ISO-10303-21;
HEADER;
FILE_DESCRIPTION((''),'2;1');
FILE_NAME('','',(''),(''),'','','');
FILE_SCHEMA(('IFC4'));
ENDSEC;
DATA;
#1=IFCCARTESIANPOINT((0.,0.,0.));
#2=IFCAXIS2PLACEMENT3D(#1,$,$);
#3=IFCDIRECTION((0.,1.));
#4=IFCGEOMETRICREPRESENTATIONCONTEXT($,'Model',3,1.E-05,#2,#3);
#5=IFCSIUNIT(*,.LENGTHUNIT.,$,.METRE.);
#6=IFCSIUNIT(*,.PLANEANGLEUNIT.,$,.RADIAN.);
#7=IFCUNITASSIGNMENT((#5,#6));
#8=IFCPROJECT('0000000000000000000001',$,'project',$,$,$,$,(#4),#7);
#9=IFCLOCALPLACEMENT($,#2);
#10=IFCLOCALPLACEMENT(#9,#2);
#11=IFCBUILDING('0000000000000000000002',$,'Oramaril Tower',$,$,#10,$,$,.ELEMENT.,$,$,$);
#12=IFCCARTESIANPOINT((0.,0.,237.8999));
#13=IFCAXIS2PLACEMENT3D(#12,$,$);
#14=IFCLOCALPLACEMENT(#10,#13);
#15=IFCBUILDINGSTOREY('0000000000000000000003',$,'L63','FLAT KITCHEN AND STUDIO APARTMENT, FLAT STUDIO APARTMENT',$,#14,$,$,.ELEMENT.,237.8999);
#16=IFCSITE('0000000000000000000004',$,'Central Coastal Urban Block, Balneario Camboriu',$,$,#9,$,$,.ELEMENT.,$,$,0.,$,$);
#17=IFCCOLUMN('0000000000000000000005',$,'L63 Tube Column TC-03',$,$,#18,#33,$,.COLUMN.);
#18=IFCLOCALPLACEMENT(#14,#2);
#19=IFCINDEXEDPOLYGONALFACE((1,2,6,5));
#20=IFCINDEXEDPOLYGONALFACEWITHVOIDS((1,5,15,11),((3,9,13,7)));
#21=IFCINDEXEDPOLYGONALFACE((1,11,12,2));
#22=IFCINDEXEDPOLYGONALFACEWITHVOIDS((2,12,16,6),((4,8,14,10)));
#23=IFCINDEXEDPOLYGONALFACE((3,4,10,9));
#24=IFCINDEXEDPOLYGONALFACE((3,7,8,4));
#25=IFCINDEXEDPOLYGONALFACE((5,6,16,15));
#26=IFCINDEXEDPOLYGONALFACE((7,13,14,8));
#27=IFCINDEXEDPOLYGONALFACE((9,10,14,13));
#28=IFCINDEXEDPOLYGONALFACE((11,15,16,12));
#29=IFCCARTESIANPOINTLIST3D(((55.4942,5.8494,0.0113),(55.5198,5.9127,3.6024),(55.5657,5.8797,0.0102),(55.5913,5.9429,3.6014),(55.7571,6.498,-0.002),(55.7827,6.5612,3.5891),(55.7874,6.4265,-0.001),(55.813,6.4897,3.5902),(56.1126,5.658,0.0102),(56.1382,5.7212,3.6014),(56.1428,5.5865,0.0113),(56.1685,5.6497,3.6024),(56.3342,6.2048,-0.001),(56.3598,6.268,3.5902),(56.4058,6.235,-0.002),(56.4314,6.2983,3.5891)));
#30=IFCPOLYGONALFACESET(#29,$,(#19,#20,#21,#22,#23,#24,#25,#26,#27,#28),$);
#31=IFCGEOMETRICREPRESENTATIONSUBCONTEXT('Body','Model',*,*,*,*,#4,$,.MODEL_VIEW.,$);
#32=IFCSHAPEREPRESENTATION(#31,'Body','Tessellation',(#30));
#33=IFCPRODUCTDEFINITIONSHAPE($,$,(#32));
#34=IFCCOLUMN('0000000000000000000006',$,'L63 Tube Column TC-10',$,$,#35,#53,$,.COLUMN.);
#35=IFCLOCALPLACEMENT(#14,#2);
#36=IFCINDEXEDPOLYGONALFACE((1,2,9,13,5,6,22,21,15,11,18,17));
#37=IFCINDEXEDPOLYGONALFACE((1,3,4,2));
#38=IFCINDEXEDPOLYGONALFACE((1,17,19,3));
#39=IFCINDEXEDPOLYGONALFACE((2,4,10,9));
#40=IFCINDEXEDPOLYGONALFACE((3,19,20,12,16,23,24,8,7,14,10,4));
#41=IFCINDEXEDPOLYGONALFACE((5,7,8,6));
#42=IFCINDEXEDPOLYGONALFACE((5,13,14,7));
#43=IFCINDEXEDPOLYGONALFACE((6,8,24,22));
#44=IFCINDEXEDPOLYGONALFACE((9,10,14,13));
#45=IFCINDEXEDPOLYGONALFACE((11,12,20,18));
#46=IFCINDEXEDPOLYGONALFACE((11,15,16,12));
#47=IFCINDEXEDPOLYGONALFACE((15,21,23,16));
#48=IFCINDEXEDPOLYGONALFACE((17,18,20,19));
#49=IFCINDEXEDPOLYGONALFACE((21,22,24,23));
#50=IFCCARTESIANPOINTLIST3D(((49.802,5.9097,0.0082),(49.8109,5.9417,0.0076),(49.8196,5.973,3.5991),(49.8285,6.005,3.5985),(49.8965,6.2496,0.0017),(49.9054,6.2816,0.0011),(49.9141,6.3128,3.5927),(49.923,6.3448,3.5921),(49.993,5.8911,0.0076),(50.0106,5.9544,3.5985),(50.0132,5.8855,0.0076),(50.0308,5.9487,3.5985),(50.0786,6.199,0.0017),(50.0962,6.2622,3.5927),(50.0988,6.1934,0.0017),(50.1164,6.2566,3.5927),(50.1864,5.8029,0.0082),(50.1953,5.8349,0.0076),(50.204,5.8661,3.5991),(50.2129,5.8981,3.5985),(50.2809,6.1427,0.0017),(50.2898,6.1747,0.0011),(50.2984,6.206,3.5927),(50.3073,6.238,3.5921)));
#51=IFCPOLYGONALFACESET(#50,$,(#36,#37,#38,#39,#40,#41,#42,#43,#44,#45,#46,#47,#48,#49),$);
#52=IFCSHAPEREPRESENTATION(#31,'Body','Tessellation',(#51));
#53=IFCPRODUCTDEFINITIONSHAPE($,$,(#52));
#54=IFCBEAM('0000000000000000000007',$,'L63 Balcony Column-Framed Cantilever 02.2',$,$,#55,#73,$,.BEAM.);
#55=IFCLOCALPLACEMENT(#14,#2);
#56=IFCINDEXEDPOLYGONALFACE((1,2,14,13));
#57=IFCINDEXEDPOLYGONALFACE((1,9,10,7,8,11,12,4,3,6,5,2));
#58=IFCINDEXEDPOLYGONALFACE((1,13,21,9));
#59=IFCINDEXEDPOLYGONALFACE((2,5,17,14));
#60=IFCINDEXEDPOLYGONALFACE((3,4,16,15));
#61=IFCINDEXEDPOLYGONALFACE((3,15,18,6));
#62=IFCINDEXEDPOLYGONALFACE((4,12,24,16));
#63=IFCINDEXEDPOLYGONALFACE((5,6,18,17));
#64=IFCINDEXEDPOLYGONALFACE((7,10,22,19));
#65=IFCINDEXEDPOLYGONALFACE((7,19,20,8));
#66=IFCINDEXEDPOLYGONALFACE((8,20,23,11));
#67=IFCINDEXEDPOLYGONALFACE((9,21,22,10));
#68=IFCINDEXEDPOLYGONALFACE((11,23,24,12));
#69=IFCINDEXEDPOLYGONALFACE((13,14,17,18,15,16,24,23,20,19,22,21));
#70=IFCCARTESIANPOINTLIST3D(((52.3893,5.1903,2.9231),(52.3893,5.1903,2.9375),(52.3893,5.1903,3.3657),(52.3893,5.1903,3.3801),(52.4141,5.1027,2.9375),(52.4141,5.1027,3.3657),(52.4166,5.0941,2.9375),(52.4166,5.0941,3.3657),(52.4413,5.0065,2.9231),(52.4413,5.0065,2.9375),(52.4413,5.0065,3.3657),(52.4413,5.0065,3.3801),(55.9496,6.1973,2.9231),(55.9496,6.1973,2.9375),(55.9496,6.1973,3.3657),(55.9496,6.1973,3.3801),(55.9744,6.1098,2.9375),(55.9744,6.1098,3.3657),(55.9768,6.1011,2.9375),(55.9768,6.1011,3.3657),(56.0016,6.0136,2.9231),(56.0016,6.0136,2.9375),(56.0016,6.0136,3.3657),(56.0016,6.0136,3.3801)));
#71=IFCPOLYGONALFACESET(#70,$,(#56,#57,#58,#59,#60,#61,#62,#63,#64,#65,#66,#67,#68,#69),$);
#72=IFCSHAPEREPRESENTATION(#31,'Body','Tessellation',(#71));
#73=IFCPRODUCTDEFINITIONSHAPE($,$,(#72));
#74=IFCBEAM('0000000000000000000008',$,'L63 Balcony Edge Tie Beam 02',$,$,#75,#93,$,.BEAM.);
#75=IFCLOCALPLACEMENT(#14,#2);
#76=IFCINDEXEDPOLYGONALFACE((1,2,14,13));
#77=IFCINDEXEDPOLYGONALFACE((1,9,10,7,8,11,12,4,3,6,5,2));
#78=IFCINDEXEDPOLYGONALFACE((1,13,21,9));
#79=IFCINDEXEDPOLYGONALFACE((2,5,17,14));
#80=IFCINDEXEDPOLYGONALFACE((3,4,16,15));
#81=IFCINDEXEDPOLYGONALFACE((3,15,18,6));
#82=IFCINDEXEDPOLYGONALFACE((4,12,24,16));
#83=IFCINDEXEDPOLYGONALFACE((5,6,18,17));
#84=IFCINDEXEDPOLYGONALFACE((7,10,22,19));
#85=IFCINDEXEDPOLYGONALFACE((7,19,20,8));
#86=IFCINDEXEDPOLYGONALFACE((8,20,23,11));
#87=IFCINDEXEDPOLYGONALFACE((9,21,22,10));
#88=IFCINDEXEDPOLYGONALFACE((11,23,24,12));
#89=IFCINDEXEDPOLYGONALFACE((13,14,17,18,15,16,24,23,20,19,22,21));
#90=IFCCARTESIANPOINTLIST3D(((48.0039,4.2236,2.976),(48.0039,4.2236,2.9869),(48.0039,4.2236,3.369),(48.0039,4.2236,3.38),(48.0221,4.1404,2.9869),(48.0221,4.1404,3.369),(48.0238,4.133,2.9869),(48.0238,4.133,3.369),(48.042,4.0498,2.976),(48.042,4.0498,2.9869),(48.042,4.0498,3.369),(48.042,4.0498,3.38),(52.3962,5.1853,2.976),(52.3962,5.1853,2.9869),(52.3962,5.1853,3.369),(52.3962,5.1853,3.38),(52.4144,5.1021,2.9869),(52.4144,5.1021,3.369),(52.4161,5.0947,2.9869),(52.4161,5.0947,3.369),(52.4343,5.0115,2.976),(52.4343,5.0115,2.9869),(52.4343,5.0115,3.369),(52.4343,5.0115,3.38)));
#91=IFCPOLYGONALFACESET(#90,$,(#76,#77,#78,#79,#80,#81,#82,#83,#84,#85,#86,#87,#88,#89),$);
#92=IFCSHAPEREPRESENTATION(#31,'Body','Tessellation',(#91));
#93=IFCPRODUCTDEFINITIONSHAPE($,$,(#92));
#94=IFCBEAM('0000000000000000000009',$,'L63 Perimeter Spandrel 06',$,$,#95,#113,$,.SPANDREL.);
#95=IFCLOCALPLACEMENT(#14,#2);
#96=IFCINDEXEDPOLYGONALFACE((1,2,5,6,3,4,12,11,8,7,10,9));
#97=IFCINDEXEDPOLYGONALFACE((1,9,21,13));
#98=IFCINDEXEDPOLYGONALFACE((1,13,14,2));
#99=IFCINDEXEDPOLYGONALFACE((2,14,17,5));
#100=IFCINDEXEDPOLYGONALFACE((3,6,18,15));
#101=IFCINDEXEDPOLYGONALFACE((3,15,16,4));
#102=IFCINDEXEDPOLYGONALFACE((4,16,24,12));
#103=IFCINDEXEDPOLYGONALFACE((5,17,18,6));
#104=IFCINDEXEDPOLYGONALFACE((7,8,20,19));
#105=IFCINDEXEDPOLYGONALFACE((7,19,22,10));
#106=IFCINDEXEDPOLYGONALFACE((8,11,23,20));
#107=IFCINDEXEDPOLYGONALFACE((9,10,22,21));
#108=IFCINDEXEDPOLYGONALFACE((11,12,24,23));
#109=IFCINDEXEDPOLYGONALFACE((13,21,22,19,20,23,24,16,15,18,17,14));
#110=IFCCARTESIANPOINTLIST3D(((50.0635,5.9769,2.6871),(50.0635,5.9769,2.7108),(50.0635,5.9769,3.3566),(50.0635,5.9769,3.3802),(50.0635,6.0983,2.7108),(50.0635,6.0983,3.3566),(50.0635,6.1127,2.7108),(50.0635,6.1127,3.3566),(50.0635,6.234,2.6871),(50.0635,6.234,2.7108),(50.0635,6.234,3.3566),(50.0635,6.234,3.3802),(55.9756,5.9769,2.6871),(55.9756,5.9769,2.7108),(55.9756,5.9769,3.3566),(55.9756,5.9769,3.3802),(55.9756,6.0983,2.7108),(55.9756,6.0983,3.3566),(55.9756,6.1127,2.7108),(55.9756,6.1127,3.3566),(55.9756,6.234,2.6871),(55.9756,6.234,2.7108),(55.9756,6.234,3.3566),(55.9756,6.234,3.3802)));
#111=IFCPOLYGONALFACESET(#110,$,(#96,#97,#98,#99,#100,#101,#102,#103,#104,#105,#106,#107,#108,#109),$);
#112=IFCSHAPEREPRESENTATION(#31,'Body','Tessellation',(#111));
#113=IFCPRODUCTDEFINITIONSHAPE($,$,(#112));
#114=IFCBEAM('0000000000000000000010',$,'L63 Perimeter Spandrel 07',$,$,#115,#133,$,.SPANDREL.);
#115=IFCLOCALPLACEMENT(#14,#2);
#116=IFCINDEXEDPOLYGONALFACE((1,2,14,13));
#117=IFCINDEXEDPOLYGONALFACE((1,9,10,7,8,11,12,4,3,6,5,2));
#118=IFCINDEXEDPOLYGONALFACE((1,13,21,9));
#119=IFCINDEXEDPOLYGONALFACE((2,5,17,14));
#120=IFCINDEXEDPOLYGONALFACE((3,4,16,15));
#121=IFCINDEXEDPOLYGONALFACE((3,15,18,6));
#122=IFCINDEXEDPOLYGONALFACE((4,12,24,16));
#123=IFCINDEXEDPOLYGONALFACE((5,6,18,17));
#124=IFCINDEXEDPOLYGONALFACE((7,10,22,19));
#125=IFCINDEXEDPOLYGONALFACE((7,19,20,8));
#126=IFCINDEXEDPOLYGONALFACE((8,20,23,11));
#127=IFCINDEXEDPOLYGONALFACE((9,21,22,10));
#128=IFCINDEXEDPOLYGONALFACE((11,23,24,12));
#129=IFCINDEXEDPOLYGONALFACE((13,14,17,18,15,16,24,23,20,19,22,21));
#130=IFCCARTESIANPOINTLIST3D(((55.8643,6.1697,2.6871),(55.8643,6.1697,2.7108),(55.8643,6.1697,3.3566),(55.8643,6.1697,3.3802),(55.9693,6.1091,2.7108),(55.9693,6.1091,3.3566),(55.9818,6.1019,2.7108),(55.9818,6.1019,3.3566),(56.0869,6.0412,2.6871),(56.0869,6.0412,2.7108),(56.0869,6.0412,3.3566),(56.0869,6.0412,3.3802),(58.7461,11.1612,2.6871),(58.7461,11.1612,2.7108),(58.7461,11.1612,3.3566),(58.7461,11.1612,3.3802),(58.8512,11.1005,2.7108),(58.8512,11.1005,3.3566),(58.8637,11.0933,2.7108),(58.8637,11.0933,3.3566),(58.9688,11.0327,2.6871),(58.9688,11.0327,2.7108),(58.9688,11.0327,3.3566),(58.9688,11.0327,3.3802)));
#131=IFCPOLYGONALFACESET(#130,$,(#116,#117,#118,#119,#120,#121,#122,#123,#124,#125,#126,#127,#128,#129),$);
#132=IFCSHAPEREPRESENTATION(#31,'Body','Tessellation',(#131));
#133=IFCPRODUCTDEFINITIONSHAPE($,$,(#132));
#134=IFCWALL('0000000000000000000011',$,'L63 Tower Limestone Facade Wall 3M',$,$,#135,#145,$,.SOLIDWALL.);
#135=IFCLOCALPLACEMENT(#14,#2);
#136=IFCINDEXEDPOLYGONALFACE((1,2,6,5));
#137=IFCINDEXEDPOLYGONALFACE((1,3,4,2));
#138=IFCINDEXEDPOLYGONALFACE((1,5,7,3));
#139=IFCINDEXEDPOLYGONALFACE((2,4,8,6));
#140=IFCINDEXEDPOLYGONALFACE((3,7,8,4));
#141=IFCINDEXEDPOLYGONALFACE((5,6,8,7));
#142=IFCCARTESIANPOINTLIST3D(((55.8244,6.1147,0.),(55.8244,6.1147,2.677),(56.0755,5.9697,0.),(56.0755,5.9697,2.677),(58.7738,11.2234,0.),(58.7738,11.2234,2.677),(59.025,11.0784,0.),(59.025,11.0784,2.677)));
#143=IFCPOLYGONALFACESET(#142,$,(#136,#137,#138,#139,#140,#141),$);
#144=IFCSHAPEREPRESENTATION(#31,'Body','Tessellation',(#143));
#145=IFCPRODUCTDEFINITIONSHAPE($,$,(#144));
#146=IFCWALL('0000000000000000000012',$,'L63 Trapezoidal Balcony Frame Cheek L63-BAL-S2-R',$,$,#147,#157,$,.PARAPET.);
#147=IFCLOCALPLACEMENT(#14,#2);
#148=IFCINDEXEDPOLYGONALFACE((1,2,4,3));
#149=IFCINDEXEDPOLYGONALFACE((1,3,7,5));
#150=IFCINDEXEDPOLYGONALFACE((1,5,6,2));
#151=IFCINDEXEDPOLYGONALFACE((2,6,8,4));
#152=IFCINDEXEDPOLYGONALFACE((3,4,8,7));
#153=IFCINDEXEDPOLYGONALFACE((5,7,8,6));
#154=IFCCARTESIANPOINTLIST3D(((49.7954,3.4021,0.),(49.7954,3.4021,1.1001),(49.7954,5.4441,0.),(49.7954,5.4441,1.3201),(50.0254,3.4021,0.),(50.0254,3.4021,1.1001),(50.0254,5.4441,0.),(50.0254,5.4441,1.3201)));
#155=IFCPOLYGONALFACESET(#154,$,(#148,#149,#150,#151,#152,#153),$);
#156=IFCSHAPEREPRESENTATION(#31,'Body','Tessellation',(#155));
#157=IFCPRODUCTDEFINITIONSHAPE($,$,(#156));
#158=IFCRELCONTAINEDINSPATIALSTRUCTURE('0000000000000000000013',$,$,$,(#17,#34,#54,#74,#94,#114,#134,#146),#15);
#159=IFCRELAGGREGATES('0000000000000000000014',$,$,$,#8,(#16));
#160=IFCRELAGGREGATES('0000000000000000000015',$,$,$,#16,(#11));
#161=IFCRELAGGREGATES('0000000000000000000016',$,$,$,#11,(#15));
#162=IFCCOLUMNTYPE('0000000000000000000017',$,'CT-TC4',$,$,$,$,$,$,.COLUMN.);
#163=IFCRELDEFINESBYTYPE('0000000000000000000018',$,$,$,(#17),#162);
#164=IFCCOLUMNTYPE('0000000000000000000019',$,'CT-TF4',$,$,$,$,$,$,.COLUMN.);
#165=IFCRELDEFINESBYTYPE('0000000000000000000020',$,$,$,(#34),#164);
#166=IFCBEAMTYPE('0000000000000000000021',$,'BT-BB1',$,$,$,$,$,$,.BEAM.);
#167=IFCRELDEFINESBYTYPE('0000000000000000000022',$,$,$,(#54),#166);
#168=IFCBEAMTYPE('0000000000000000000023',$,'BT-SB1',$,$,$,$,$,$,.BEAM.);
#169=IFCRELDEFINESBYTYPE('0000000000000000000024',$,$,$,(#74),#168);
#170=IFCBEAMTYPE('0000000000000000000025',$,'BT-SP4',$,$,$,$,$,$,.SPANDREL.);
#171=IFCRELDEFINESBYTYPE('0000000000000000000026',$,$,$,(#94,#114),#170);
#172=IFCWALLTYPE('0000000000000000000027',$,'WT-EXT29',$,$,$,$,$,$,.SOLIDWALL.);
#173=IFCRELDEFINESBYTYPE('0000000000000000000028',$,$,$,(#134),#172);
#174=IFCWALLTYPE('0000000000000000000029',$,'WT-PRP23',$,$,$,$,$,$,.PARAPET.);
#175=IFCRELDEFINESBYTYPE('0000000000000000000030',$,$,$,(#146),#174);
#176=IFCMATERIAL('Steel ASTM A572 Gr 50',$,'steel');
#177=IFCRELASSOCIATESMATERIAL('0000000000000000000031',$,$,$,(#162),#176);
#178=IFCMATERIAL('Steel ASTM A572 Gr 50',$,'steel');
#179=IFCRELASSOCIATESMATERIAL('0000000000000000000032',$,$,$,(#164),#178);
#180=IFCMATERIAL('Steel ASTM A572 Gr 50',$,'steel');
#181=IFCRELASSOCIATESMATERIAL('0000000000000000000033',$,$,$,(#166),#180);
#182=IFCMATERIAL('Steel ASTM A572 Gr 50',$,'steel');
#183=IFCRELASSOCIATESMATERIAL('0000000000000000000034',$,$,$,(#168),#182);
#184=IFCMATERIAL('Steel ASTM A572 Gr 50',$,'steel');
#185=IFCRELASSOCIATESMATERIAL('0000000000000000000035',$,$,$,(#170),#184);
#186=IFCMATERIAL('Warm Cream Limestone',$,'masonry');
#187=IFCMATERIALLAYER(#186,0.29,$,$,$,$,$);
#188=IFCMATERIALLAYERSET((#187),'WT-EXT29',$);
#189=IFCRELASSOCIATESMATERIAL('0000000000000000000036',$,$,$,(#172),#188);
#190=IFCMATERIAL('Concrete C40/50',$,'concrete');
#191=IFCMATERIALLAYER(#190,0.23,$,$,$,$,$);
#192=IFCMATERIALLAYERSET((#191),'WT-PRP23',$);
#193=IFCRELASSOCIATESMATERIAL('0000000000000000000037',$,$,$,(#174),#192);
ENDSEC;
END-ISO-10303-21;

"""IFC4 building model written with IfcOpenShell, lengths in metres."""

from ifc_helpers import new_model, si_unit, direction, frame, frame_2d, origin, origin_2d, place, context, subcontext, project, spatial, polyline, rectangle, hollow_rectangle, i_section, outline, extrude, material, layer, layer_set, material_profile, profile_set, type_object, element, save


model = new_model("IFC4")

# Units and contexts
model_context = context("Model", 3, precision=1e-05, world=origin(), true_north=direction((0.0, 1.0)))
body_context = subcontext(model_context, "Body", "Model", "MODEL_VIEW")
ifc_project = project(units=[si_unit("LENGTHUNIT", "METRE"), si_unit("PLANEANGLEUNIT", "RADIAN")], contexts=[model_context])

# Site, building, storey
site_placement = place(None, origin())
site = spatial("IfcSite", under=ifc_project, at=site_placement, Name="Central Coastal Urban Block, Balneario Camboriu", CompositionType="ELEMENT", RefElevation=0.0)
building_placement = place(site_placement, origin())
building = spatial("IfcBuilding", under=site, at=building_placement, Name="Oramaril Tower", CompositionType="ELEMENT")
storey_placement = place(building_placement, frame((0.0, 0.0, 237.8999)))
storey = spatial("IfcBuildingStorey", under=building, at=storey_placement, Name="L63", Description="FLAT KITCHEN AND STUDIO APARTMENT, FLAT STUDIO APARTMENT", CompositionType="ELEMENT", Elevation=237.8999)

# Columns
ifc_material_1 = material(Name="Steel ASTM A572 Gr 50", Category="steel")
ifc_material_profile_1 = material_profile(ifc_material_1, hollow_rectangle(XDim=0.7, YDim=0.7, WallThickness=0.0549, at=origin_2d()), Name="BOX700X700X55")
ifc_profile_set_1 = profile_set([ifc_material_profile_1], Name="Steel ASTM A572 Gr 50")
column_type_1 = type_object("IfcColumnType", Name="CT-TC4", PredefinedType="COLUMN", material=ifc_profile_set_1)
column_1_placement = place(storey_placement, frame((55.95, 6.0422, 0.0046), z_axis=(0.007137, 0.017605, 0.99982), x_axis=(-0.926739, 0.375705, 0.0)))
element("IfcColumn", 1, at=column_1_placement, inside=storey, type_object=column_type_1, Name="L63 Tube Column TC-03", PredefinedType="COLUMN", context=body_context, shape_type="SweptSolid", body=[
    extrude(hollow_rectangle(XDim=0.7, YDim=0.7, WallThickness=0.0549, at=origin_2d()), origin(), (0.0, 0.0, 1.0), 3.5918),
])
ifc_material_2 = material(Name="Steel ASTM A572 Gr 50", Category="steel")
ifc_material_profile_2 = material_profile(ifc_material_2, i_section(OverallWidth=0.3989, OverallDepth=0.386, WebThickness=0.021, FlangeThickness=0.0332, at=origin_2d()), Name="W14X176")
ifc_profile_set_2 = profile_set([ifc_material_profile_2], Name="Steel ASTM A572 Gr 50")
column_type_2 = type_object("IfcColumnType", Name="CT-TF4", PredefinedType="COLUMN", material=ifc_profile_set_2)
column_2_placement = place(storey_placement, frame((50.0459, 6.0422, 0.0046), z_axis=(0.004894, 0.017605, 0.999833), x_axis=(-0.963465, 0.267836, 0.0)))
element("IfcColumn", 2, at=column_2_placement, inside=storey, type_object=column_type_2, Name="L63 Tube Column TC-10", PredefinedType="COLUMN", context=body_context, shape_type="SweptSolid", body=[
    extrude(i_section(OverallWidth=0.3989, OverallDepth=0.386, WebThickness=0.021, FlangeThickness=0.0332, at=origin_2d()), origin(), (0.0, 0.0, 1.0), 3.5916),
])

# Beams
ifc_material_3 = material(Name="Steel ASTM A572 Gr 50", Category="steel")
ifc_material_profile_3 = material_profile(ifc_material_3, i_section(OverallWidth=0.1909, OverallDepth=0.457, WebThickness=0.009, FlangeThickness=0.0144, at=origin_2d()), Name="W18X50")
ifc_profile_set_3 = profile_set([ifc_material_profile_3], Name="Steel ASTM A572 Gr 50")
beam_type_1 = type_object("IfcBeamType", Name="BT-BB1", PredefinedType="BEAM", material=ifc_profile_set_3)
beam_1_placement = place(storey_placement, frame((55.9756, 6.1055, 3.1516), z_axis=(-0.962245, -0.272184, 0.0), x_axis=(0.272184, -0.962245, 0.0)))
element("IfcBeam", 3, at=beam_1_placement, inside=storey, type_object=beam_type_1, Name="L63 Balcony Column-Framed Cantilever 02.2", PredefinedType="BEAM", context=body_context, shape_type="SweptSolid", body=[
    extrude(i_section(OverallWidth=0.1909, OverallDepth=0.457, WebThickness=0.009, FlangeThickness=0.0144, at=origin_2d()), origin(), (0.0, 0.0, 1.0), 3.7),
])
ifc_material_4 = material(Name="Steel ASTM A572 Gr 50", Category="steel")
ifc_material_profile_4 = material_profile(ifc_material_4, i_section(OverallWidth=0.178, OverallDepth=0.4041, WebThickness=0.0076, FlangeThickness=0.011, at=origin_2d()), Name="W16X36")
ifc_profile_set_4 = profile_set([ifc_material_profile_4], Name="Steel ASTM A572 Gr 50")
beam_type_2 = type_object("IfcBeamType", Name="BT-SB1", PredefinedType="BEAM", material=ifc_profile_set_4)
beam_2_placement = place(storey_placement, frame((48.0229, 4.1367, 3.178), z_axis=(0.976861, 0.213877, 0.0), x_axis=(-0.213877, 0.976861, 0.0)))
element("IfcBeam", 4, at=beam_2_placement, inside=storey, type_object=beam_type_2, Name="L63 Balcony Edge Tie Beam 02", PredefinedType="BEAM", context=body_context, shape_type="SweptSolid", body=[
    extrude(i_section(OverallWidth=0.178, OverallDepth=0.4041, WebThickness=0.0076, FlangeThickness=0.011, at=origin_2d()), origin(), (0.0, 0.0, 1.0), 4.4963),
])
ifc_material_5 = material(Name="Steel ASTM A572 Gr 50", Category="steel")
ifc_material_profile_5 = material_profile(ifc_material_5, i_section(OverallWidth=0.2571, OverallDepth=0.6931, WebThickness=0.0144, FlangeThickness=0.0237, at=origin_2d()), Name="W27X114")
ifc_profile_set_5 = profile_set([ifc_material_profile_5], Name="Steel ASTM A572 Gr 50")
beam_type_3 = type_object("IfcBeamType", Name="BT-SP4", PredefinedType="SPANDREL", material=ifc_profile_set_5)
beam_3_placement = place(storey_placement, frame((50.0635, 6.1055, 3.0337), z_axis=(1.0, 0.0, 0.0), x_axis=(0.0, 1.0, 0.0)))
element("IfcBeam", 5, at=beam_3_placement, inside=storey, type_object=beam_type_3, Name="L63 Perimeter Spandrel 06", PredefinedType="SPANDREL", context=body_context, shape_type="SweptSolid", body=[
    extrude(i_section(OverallWidth=0.2571, OverallDepth=0.6931, WebThickness=0.0144, FlangeThickness=0.0237, at=origin_2d()), origin(), (0.0, 0.0, 1.0), 5.9121),
])
beam_4_placement = place(storey_placement, frame((55.9756, 6.1055, 3.0337), z_axis=(0.500002, 0.866024, 0.0), x_axis=(-0.866024, 0.500002, 0.0)))
element("IfcBeam", 6, at=beam_4_placement, inside=storey, type_object=beam_type_3, Name="L63 Perimeter Spandrel 07", PredefinedType="SPANDREL", context=body_context, shape_type="SweptSolid", body=[
    extrude(i_section(OverallWidth=0.2571, OverallDepth=0.6931, WebThickness=0.0144, FlangeThickness=0.0237, at=origin_2d()), origin(), (0.0, 0.0, 1.0), 5.7637),
])

# Walls
ifc_material_6 = material(Name="Warm Cream Limestone", Category="masonry")
ifc_layer_1 = layer(ifc_material_6, 0.29)
ifc_layer_set_1 = layer_set([ifc_layer_1], Name="WT-EXT29")
wall_type_1 = type_object("IfcWallType", Name="WT-EXT29", PredefinedType="SOLIDWALL", material=ifc_layer_set_1)
wall_1_placement = place(storey_placement, frame((55.95, 6.0422, 0.0), z_axis=(0.0, 0.0, 1.0), x_axis=(0.499998, 0.866026, 0.0)))
element("IfcWall", 7, at=wall_1_placement, inside=storey, type_object=wall_type_1, Name="L63 Tower Limestone Facade Wall 3M", PredefinedType="SOLIDWALL", context=body_context, shape_type="SweptSolid", body=[
    extrude(rectangle(XDim=5.8989, YDim=0.29, at=frame_2d((2.9495, 0.0))), origin(), (0.0, 0.0, 1.0), 2.677),
])
ifc_material_7 = material(Name="Concrete C40/50", Category="concrete")
ifc_layer_2 = layer(ifc_material_7, 0.23)
ifc_layer_set_2 = layer_set([ifc_layer_2], Name="WT-PRP23")
wall_type_2 = type_object("IfcWallType", Name="WT-PRP23", PredefinedType="PARAPET", material=ifc_layer_set_2)
wall_2_placement = place(storey_placement, frame((49.9104, 5.4441, 0.0), z_axis=(0.0, 0.0, 1.0), x_axis=(0.0, -1.0, 0.0)))
element("IfcWall", 8, at=wall_2_placement, inside=storey, type_object=wall_type_2, Name="L63 Trapezoidal Balcony Frame Cheek L63-BAL-S2-R", PredefinedType="PARAPET", context=body_context, shape_type="SweptSolid", body=[
    extrude(outline(polyline([(0.0, 0.0), (2.042, 0.0), (2.042, 1.1001), (0.0, 1.3201), (0.0, 0.0)])), frame((0.0, 0.115, 0.0), z_axis=(0.0, -1.0, 0.0), x_axis=(1.0, 0.0, 0.0)), (0.0, 0.0, 1.0), 0.23),
])

save(model, "model.ifc")
